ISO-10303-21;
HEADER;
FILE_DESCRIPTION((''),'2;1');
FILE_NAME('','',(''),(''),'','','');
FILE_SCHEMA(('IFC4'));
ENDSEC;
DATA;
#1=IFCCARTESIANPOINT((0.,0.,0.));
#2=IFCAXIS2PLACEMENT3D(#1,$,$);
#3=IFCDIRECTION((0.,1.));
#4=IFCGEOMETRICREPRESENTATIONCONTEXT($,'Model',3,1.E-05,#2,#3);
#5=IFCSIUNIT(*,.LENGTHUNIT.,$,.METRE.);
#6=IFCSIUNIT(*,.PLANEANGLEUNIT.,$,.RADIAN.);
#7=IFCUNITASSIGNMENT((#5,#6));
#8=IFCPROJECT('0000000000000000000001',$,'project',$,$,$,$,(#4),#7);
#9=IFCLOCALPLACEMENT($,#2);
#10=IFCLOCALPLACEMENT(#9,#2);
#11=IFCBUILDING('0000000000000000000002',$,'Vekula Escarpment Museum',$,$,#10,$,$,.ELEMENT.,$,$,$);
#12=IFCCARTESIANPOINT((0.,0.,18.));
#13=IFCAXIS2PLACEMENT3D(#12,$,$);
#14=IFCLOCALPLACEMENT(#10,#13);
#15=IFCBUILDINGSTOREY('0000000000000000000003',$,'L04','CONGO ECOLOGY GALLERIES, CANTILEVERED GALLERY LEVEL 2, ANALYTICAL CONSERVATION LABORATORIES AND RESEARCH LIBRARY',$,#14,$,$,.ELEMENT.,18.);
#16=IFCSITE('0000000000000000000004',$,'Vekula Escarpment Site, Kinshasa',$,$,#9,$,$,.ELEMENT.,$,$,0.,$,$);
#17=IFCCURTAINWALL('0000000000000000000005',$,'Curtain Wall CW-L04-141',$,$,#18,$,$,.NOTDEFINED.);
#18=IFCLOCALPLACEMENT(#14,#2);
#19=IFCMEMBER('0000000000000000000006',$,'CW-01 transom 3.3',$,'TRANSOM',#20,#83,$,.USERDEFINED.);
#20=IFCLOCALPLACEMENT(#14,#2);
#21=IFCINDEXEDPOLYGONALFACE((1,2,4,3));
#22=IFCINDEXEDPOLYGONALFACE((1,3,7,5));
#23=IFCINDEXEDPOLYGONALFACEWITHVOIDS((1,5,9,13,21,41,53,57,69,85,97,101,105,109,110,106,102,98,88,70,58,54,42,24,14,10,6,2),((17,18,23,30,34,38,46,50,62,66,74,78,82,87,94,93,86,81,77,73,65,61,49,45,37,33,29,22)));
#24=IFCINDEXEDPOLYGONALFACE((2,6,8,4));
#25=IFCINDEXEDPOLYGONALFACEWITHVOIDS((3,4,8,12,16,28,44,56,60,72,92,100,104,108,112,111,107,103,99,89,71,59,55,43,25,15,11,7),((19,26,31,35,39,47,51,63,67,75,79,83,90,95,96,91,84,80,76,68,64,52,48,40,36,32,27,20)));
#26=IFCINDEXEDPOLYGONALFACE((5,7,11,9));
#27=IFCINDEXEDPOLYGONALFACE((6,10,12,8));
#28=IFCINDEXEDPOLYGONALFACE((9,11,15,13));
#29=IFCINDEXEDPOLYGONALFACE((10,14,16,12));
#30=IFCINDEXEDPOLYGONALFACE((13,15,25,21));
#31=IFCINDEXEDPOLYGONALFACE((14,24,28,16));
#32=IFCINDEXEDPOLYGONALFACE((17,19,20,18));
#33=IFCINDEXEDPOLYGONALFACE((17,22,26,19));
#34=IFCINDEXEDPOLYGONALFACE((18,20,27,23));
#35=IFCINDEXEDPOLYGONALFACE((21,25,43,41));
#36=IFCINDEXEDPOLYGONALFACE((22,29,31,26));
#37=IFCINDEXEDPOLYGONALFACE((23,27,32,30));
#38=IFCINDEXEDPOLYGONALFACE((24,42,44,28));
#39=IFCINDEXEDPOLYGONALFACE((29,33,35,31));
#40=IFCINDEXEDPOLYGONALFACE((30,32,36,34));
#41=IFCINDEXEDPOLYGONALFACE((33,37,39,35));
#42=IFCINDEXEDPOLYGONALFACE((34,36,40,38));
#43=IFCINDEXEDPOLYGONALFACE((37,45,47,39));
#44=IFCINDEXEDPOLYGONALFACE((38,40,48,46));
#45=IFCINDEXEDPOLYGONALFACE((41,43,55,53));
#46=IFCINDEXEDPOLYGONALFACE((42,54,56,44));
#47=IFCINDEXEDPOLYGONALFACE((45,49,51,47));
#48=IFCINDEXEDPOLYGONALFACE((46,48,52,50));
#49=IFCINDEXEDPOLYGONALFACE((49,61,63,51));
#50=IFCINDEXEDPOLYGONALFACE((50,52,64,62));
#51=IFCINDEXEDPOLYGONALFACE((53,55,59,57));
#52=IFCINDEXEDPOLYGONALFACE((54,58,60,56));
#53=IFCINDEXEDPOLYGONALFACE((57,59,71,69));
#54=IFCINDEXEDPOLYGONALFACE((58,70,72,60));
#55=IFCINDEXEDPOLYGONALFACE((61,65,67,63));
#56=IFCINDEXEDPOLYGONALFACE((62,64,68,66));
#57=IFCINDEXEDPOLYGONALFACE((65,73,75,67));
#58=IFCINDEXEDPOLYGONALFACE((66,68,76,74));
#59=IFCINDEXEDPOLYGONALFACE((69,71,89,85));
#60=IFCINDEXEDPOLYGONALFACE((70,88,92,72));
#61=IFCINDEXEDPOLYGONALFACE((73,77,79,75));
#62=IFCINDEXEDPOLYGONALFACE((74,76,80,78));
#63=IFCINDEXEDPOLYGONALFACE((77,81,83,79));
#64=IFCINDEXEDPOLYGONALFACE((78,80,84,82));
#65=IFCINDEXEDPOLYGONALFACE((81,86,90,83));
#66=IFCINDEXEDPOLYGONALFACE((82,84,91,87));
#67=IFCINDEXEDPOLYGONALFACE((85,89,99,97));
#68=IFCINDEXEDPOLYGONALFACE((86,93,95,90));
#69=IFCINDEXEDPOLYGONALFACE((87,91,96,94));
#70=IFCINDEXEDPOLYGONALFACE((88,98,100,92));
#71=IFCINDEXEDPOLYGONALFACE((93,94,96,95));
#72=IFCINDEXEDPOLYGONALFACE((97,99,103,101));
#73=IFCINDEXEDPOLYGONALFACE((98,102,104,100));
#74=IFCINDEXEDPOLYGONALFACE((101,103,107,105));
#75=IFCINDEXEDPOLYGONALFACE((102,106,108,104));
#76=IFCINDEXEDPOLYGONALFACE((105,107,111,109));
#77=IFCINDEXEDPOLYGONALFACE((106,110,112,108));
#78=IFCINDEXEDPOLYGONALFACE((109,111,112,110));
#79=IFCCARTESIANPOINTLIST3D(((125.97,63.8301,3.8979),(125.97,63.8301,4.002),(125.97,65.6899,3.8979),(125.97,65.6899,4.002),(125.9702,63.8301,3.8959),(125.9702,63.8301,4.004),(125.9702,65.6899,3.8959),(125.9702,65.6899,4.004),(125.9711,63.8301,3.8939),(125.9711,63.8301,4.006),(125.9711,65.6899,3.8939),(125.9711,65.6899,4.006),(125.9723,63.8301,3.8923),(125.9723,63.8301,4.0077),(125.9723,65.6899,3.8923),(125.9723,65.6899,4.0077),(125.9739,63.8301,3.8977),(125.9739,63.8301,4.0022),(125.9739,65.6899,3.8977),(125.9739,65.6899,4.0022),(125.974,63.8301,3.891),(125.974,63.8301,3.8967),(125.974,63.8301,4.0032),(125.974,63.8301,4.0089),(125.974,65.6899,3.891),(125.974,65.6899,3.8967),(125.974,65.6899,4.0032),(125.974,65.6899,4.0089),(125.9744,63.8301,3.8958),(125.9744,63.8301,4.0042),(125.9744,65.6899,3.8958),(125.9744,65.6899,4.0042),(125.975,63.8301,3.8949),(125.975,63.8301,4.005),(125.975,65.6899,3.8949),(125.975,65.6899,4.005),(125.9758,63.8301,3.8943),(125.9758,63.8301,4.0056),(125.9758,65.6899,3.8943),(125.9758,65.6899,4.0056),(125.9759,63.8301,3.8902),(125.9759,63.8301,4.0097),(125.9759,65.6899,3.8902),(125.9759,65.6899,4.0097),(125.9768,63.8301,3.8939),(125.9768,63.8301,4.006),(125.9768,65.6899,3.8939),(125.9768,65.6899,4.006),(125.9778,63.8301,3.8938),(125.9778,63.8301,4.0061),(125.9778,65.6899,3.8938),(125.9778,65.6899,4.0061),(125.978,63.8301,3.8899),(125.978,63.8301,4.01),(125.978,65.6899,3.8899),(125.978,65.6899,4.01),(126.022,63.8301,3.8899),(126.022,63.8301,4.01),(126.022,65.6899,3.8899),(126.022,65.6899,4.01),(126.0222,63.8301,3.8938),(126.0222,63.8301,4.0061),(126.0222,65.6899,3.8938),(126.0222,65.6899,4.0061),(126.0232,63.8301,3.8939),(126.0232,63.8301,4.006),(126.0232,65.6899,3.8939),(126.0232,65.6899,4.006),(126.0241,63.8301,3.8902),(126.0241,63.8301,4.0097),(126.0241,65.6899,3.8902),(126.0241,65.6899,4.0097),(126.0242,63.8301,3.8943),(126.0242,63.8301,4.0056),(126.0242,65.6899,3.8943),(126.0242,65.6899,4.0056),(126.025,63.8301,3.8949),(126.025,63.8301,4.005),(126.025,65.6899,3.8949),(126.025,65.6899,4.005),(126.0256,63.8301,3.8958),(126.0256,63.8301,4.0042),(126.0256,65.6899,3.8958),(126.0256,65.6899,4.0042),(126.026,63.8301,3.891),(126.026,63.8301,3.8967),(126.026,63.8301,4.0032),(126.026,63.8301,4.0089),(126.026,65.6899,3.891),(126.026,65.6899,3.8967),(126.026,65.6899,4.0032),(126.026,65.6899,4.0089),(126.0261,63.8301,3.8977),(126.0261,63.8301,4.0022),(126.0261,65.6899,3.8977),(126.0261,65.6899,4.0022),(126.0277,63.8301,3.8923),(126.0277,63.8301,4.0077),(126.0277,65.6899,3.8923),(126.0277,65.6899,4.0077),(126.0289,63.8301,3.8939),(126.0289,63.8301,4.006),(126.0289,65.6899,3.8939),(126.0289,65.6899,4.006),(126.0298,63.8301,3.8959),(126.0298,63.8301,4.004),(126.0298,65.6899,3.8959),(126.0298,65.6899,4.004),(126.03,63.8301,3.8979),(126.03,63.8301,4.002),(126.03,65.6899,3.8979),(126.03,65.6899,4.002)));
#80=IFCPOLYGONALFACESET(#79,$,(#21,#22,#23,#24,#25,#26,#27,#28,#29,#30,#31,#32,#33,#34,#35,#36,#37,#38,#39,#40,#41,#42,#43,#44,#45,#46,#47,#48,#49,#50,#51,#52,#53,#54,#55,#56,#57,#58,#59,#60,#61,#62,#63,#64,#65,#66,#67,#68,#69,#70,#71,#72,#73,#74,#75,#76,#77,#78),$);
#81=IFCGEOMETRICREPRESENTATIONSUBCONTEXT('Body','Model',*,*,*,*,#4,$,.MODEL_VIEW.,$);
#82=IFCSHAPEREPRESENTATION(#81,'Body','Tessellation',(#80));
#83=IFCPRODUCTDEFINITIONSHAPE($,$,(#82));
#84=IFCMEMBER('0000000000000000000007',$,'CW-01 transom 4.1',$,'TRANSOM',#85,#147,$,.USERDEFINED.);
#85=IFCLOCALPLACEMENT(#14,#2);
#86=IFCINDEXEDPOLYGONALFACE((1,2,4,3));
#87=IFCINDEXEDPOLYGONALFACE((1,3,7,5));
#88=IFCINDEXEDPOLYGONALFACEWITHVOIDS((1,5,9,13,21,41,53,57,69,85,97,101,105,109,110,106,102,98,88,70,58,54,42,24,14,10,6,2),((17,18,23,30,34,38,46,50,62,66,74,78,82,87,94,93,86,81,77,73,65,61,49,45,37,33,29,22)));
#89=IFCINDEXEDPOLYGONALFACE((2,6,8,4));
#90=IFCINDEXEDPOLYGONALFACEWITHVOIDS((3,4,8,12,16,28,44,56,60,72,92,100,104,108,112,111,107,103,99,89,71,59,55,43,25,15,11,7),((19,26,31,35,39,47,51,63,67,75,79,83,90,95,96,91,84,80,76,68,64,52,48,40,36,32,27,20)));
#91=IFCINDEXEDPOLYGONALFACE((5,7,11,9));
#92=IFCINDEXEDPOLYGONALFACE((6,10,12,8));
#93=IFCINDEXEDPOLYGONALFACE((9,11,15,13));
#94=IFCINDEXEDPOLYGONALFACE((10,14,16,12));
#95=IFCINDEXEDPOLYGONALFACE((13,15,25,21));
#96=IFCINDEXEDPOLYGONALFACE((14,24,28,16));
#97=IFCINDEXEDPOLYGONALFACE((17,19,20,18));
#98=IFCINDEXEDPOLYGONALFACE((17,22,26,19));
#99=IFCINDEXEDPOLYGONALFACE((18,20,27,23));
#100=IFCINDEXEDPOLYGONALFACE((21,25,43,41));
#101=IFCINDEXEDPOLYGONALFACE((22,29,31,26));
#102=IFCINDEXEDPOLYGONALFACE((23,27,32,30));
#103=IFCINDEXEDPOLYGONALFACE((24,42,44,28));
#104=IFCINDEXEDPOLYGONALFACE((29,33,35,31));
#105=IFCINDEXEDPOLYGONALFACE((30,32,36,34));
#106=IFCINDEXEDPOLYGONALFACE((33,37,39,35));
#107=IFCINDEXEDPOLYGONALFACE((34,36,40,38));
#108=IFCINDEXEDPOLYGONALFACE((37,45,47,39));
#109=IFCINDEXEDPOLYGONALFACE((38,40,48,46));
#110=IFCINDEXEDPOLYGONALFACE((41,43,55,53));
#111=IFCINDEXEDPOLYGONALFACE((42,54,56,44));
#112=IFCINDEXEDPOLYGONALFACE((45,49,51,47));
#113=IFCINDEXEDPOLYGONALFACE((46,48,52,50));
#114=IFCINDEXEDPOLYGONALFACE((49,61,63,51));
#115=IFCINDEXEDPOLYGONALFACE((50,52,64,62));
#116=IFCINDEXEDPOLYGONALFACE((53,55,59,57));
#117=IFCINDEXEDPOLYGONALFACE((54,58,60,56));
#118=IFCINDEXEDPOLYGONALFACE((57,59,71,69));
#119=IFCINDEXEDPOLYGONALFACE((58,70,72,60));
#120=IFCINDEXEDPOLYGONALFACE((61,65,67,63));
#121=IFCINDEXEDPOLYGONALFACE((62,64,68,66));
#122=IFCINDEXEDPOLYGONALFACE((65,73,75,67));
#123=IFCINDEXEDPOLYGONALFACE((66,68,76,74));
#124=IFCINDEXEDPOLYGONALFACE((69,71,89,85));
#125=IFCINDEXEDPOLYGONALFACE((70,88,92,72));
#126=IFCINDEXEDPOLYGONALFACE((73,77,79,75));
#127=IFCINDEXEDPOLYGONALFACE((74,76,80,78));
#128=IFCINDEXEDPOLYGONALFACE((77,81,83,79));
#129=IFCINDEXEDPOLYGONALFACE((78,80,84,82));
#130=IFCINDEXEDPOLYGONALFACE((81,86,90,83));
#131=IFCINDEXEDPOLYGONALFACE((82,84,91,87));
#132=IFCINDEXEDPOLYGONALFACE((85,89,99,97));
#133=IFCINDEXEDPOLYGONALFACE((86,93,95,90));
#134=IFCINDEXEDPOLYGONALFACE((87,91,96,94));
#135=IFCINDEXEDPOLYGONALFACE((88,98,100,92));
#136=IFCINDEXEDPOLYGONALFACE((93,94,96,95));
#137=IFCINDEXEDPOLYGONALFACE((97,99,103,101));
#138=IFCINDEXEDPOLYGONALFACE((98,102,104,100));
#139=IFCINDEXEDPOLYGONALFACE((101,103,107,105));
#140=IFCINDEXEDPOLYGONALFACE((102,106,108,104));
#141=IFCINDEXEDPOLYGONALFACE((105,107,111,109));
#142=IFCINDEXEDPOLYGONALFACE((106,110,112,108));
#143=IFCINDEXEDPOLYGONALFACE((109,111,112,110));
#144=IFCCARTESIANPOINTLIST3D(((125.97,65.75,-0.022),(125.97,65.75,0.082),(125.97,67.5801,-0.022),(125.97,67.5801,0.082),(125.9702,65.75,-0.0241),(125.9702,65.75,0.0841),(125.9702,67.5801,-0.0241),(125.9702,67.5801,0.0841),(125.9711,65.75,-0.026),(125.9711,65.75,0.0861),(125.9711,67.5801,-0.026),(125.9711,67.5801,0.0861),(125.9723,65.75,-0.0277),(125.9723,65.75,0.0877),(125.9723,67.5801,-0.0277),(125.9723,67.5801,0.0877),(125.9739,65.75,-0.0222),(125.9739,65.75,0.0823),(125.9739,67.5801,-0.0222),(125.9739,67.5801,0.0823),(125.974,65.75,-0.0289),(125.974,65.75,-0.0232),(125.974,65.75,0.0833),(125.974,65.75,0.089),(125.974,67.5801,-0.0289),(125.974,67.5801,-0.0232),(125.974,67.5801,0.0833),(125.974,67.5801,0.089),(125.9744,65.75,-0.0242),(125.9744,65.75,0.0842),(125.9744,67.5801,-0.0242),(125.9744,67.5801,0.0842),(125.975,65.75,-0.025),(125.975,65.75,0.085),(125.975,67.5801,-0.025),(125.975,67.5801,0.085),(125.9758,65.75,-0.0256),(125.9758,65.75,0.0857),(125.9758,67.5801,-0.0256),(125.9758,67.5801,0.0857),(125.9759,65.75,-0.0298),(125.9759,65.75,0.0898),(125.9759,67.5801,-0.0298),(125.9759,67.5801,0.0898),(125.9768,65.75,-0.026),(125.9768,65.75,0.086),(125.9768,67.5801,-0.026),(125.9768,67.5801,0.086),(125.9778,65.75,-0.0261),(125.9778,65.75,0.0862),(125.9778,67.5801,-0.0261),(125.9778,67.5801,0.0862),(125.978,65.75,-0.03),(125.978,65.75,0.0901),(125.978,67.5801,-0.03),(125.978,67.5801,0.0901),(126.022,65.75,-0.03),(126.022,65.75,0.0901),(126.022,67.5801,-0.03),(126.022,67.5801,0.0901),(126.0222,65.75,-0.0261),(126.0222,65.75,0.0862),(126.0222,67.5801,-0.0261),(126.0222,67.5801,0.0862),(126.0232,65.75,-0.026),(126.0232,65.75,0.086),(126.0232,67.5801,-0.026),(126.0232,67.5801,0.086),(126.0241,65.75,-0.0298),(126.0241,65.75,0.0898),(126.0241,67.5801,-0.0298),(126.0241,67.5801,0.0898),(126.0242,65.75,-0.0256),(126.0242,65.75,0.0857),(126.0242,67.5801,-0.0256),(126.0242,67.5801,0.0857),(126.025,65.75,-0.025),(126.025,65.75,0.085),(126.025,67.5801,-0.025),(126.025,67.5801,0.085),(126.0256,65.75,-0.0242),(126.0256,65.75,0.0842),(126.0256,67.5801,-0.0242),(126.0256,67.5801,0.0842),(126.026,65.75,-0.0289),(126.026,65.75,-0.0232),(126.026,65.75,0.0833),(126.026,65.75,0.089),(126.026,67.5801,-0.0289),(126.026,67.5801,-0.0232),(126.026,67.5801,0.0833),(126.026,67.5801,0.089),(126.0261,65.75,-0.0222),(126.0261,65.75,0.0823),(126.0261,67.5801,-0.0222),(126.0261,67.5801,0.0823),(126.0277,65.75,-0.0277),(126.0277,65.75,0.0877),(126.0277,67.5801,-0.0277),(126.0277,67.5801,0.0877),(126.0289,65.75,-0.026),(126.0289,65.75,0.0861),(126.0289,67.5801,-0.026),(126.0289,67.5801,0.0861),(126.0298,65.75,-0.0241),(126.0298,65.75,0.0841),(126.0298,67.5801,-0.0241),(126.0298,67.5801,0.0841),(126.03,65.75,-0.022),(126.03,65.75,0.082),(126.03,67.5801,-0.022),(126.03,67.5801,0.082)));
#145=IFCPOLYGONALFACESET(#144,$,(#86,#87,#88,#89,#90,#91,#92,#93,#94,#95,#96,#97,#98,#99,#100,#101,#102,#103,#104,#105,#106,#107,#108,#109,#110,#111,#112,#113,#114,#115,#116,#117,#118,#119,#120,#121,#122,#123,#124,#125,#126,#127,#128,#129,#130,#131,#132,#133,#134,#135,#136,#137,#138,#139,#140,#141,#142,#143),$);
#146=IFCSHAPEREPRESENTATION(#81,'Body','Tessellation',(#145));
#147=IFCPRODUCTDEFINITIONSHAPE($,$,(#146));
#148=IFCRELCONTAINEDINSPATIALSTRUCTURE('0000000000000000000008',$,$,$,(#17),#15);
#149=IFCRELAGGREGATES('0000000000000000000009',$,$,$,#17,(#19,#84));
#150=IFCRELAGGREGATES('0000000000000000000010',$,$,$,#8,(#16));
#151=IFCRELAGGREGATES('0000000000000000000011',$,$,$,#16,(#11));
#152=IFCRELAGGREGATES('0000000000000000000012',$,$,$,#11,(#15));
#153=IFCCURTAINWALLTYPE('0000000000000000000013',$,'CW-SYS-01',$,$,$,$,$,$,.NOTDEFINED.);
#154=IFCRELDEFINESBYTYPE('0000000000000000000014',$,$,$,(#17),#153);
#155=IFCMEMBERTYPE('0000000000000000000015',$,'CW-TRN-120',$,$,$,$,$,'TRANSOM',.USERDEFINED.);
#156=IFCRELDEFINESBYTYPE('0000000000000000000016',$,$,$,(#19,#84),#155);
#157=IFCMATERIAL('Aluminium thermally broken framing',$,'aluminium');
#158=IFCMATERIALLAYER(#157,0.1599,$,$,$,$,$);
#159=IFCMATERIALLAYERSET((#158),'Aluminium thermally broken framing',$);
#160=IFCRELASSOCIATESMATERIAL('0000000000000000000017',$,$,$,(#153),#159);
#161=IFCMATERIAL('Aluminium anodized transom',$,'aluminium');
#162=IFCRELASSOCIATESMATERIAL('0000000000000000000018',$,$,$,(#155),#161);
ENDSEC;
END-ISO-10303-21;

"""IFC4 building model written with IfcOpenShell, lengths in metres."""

from ifc_helpers import new_model, si_unit, direction, frame, origin, origin_2d, place, context, subcontext, project, spatial, hollow_rectangle, extrude, material, layer, layer_set, material_profile, profile_set, type_object, element, aggregate, save


model = new_model("IFC4")

# Units and contexts
model_context = context("Model", 3, precision=1e-05, world=origin(), true_north=direction((0.0, 1.0)))
body_context = subcontext(model_context, "Body", "Model", "MODEL_VIEW")
ifc_project = project(units=[si_unit("LENGTHUNIT", "METRE"), si_unit("PLANEANGLEUNIT", "RADIAN")], contexts=[model_context])

# Site, building, storey
site_placement = place(None, origin())
site = spatial("IfcSite", under=ifc_project, at=site_placement, Name="Vekula Escarpment Site, Kinshasa", CompositionType="ELEMENT", RefElevation=0.0)
building_placement = place(site_placement, origin())
building = spatial("IfcBuilding", under=site, at=building_placement, Name="Vekula Escarpment Museum", CompositionType="ELEMENT")
storey_placement = place(building_placement, frame((0.0, 0.0, 18.0)))
storey = spatial("IfcBuildingStorey", under=building, at=storey_placement, Name="L04", Description="CONGO ECOLOGY GALLERIES, CANTILEVERED GALLERY LEVEL 2, ANALYTICAL CONSERVATION LABORATORIES AND RESEARCH LIBRARY", CompositionType="ELEMENT", Elevation=18.0)

# Curtain wall, members
ifc_material_1 = material(Name="Aluminium thermally broken framing", Category="aluminium")
ifc_layer_1 = layer(ifc_material_1, 0.1599)
ifc_layer_set_1 = layer_set([ifc_layer_1], Name="Aluminium thermally broken framing")
curtain_wall_type = type_object("IfcCurtainWallType", Name="CW-SYS-01", PredefinedType="NOTDEFINED", material=ifc_layer_set_1)
curtain_wall_placement = place(storey_placement, origin())
curtain_wall = element("IfcCurtainWall", 1, at=curtain_wall_placement, inside=storey, type_object=curtain_wall_type, Name="Curtain Wall CW-L04-141", PredefinedType="NOTDEFINED")
ifc_material_2 = material(Name="Aluminium anodized transom", Category="aluminium")
ifc_material_profile_1 = material_profile(ifc_material_2, hollow_rectangle(XDim=0.0601, YDim=0.1201, WallThickness=0.0039, InnerFilletRadius=0.0039, OuterFilletRadius=0.0081, at=origin_2d()), Name="ALU 120x60x4")
ifc_profile_set_1 = profile_set([ifc_material_profile_1], Name="Aluminium anodized transom")
member_type_1 = type_object("IfcMemberType", Name="CW-TRN-120", ElementType="TRANSOM", PredefinedType="USERDEFINED", material=ifc_profile_set_1)
member_1_placement = place(storey_placement, frame((126.0, 63.8301, 3.95), z_axis=(0.0, 1.0, 0.0), x_axis=(-1.0, 0.0, 0.0)))
member_1 = element("IfcMember", 2, at=member_1_placement, type_object=member_type_1, Name="CW-01 transom 3.3", ObjectType="TRANSOM", PredefinedType="USERDEFINED", context=body_context, shape_type="SweptSolid", body=[
    extrude(hollow_rectangle(XDim=0.0601, YDim=0.1201, WallThickness=0.0039, InnerFilletRadius=0.0039, OuterFilletRadius=0.0081, at=origin_2d()), origin(), (0.0, 0.0, 1.0), 1.8599),
])
member_2_placement = place(storey_placement, frame((126.0, 65.75, 0.03), z_axis=(0.0, 1.0, 0.0), x_axis=(-1.0, 0.0, 0.0)))
member_2 = element("IfcMember", 3, at=member_2_placement, type_object=member_type_1, Name="CW-01 transom 4.1", ObjectType="TRANSOM", PredefinedType="USERDEFINED", context=body_context, shape_type="SweptSolid", body=[
    extrude(hollow_rectangle(XDim=0.0601, YDim=0.1201, WallThickness=0.0039, InnerFilletRadius=0.0039, OuterFilletRadius=0.0081, at=origin_2d()), origin(), (0.0, 0.0, 1.0), 1.8301),
])
aggregate(curtain_wall, [member_1, member_2])

save(model, "model.ifc")
